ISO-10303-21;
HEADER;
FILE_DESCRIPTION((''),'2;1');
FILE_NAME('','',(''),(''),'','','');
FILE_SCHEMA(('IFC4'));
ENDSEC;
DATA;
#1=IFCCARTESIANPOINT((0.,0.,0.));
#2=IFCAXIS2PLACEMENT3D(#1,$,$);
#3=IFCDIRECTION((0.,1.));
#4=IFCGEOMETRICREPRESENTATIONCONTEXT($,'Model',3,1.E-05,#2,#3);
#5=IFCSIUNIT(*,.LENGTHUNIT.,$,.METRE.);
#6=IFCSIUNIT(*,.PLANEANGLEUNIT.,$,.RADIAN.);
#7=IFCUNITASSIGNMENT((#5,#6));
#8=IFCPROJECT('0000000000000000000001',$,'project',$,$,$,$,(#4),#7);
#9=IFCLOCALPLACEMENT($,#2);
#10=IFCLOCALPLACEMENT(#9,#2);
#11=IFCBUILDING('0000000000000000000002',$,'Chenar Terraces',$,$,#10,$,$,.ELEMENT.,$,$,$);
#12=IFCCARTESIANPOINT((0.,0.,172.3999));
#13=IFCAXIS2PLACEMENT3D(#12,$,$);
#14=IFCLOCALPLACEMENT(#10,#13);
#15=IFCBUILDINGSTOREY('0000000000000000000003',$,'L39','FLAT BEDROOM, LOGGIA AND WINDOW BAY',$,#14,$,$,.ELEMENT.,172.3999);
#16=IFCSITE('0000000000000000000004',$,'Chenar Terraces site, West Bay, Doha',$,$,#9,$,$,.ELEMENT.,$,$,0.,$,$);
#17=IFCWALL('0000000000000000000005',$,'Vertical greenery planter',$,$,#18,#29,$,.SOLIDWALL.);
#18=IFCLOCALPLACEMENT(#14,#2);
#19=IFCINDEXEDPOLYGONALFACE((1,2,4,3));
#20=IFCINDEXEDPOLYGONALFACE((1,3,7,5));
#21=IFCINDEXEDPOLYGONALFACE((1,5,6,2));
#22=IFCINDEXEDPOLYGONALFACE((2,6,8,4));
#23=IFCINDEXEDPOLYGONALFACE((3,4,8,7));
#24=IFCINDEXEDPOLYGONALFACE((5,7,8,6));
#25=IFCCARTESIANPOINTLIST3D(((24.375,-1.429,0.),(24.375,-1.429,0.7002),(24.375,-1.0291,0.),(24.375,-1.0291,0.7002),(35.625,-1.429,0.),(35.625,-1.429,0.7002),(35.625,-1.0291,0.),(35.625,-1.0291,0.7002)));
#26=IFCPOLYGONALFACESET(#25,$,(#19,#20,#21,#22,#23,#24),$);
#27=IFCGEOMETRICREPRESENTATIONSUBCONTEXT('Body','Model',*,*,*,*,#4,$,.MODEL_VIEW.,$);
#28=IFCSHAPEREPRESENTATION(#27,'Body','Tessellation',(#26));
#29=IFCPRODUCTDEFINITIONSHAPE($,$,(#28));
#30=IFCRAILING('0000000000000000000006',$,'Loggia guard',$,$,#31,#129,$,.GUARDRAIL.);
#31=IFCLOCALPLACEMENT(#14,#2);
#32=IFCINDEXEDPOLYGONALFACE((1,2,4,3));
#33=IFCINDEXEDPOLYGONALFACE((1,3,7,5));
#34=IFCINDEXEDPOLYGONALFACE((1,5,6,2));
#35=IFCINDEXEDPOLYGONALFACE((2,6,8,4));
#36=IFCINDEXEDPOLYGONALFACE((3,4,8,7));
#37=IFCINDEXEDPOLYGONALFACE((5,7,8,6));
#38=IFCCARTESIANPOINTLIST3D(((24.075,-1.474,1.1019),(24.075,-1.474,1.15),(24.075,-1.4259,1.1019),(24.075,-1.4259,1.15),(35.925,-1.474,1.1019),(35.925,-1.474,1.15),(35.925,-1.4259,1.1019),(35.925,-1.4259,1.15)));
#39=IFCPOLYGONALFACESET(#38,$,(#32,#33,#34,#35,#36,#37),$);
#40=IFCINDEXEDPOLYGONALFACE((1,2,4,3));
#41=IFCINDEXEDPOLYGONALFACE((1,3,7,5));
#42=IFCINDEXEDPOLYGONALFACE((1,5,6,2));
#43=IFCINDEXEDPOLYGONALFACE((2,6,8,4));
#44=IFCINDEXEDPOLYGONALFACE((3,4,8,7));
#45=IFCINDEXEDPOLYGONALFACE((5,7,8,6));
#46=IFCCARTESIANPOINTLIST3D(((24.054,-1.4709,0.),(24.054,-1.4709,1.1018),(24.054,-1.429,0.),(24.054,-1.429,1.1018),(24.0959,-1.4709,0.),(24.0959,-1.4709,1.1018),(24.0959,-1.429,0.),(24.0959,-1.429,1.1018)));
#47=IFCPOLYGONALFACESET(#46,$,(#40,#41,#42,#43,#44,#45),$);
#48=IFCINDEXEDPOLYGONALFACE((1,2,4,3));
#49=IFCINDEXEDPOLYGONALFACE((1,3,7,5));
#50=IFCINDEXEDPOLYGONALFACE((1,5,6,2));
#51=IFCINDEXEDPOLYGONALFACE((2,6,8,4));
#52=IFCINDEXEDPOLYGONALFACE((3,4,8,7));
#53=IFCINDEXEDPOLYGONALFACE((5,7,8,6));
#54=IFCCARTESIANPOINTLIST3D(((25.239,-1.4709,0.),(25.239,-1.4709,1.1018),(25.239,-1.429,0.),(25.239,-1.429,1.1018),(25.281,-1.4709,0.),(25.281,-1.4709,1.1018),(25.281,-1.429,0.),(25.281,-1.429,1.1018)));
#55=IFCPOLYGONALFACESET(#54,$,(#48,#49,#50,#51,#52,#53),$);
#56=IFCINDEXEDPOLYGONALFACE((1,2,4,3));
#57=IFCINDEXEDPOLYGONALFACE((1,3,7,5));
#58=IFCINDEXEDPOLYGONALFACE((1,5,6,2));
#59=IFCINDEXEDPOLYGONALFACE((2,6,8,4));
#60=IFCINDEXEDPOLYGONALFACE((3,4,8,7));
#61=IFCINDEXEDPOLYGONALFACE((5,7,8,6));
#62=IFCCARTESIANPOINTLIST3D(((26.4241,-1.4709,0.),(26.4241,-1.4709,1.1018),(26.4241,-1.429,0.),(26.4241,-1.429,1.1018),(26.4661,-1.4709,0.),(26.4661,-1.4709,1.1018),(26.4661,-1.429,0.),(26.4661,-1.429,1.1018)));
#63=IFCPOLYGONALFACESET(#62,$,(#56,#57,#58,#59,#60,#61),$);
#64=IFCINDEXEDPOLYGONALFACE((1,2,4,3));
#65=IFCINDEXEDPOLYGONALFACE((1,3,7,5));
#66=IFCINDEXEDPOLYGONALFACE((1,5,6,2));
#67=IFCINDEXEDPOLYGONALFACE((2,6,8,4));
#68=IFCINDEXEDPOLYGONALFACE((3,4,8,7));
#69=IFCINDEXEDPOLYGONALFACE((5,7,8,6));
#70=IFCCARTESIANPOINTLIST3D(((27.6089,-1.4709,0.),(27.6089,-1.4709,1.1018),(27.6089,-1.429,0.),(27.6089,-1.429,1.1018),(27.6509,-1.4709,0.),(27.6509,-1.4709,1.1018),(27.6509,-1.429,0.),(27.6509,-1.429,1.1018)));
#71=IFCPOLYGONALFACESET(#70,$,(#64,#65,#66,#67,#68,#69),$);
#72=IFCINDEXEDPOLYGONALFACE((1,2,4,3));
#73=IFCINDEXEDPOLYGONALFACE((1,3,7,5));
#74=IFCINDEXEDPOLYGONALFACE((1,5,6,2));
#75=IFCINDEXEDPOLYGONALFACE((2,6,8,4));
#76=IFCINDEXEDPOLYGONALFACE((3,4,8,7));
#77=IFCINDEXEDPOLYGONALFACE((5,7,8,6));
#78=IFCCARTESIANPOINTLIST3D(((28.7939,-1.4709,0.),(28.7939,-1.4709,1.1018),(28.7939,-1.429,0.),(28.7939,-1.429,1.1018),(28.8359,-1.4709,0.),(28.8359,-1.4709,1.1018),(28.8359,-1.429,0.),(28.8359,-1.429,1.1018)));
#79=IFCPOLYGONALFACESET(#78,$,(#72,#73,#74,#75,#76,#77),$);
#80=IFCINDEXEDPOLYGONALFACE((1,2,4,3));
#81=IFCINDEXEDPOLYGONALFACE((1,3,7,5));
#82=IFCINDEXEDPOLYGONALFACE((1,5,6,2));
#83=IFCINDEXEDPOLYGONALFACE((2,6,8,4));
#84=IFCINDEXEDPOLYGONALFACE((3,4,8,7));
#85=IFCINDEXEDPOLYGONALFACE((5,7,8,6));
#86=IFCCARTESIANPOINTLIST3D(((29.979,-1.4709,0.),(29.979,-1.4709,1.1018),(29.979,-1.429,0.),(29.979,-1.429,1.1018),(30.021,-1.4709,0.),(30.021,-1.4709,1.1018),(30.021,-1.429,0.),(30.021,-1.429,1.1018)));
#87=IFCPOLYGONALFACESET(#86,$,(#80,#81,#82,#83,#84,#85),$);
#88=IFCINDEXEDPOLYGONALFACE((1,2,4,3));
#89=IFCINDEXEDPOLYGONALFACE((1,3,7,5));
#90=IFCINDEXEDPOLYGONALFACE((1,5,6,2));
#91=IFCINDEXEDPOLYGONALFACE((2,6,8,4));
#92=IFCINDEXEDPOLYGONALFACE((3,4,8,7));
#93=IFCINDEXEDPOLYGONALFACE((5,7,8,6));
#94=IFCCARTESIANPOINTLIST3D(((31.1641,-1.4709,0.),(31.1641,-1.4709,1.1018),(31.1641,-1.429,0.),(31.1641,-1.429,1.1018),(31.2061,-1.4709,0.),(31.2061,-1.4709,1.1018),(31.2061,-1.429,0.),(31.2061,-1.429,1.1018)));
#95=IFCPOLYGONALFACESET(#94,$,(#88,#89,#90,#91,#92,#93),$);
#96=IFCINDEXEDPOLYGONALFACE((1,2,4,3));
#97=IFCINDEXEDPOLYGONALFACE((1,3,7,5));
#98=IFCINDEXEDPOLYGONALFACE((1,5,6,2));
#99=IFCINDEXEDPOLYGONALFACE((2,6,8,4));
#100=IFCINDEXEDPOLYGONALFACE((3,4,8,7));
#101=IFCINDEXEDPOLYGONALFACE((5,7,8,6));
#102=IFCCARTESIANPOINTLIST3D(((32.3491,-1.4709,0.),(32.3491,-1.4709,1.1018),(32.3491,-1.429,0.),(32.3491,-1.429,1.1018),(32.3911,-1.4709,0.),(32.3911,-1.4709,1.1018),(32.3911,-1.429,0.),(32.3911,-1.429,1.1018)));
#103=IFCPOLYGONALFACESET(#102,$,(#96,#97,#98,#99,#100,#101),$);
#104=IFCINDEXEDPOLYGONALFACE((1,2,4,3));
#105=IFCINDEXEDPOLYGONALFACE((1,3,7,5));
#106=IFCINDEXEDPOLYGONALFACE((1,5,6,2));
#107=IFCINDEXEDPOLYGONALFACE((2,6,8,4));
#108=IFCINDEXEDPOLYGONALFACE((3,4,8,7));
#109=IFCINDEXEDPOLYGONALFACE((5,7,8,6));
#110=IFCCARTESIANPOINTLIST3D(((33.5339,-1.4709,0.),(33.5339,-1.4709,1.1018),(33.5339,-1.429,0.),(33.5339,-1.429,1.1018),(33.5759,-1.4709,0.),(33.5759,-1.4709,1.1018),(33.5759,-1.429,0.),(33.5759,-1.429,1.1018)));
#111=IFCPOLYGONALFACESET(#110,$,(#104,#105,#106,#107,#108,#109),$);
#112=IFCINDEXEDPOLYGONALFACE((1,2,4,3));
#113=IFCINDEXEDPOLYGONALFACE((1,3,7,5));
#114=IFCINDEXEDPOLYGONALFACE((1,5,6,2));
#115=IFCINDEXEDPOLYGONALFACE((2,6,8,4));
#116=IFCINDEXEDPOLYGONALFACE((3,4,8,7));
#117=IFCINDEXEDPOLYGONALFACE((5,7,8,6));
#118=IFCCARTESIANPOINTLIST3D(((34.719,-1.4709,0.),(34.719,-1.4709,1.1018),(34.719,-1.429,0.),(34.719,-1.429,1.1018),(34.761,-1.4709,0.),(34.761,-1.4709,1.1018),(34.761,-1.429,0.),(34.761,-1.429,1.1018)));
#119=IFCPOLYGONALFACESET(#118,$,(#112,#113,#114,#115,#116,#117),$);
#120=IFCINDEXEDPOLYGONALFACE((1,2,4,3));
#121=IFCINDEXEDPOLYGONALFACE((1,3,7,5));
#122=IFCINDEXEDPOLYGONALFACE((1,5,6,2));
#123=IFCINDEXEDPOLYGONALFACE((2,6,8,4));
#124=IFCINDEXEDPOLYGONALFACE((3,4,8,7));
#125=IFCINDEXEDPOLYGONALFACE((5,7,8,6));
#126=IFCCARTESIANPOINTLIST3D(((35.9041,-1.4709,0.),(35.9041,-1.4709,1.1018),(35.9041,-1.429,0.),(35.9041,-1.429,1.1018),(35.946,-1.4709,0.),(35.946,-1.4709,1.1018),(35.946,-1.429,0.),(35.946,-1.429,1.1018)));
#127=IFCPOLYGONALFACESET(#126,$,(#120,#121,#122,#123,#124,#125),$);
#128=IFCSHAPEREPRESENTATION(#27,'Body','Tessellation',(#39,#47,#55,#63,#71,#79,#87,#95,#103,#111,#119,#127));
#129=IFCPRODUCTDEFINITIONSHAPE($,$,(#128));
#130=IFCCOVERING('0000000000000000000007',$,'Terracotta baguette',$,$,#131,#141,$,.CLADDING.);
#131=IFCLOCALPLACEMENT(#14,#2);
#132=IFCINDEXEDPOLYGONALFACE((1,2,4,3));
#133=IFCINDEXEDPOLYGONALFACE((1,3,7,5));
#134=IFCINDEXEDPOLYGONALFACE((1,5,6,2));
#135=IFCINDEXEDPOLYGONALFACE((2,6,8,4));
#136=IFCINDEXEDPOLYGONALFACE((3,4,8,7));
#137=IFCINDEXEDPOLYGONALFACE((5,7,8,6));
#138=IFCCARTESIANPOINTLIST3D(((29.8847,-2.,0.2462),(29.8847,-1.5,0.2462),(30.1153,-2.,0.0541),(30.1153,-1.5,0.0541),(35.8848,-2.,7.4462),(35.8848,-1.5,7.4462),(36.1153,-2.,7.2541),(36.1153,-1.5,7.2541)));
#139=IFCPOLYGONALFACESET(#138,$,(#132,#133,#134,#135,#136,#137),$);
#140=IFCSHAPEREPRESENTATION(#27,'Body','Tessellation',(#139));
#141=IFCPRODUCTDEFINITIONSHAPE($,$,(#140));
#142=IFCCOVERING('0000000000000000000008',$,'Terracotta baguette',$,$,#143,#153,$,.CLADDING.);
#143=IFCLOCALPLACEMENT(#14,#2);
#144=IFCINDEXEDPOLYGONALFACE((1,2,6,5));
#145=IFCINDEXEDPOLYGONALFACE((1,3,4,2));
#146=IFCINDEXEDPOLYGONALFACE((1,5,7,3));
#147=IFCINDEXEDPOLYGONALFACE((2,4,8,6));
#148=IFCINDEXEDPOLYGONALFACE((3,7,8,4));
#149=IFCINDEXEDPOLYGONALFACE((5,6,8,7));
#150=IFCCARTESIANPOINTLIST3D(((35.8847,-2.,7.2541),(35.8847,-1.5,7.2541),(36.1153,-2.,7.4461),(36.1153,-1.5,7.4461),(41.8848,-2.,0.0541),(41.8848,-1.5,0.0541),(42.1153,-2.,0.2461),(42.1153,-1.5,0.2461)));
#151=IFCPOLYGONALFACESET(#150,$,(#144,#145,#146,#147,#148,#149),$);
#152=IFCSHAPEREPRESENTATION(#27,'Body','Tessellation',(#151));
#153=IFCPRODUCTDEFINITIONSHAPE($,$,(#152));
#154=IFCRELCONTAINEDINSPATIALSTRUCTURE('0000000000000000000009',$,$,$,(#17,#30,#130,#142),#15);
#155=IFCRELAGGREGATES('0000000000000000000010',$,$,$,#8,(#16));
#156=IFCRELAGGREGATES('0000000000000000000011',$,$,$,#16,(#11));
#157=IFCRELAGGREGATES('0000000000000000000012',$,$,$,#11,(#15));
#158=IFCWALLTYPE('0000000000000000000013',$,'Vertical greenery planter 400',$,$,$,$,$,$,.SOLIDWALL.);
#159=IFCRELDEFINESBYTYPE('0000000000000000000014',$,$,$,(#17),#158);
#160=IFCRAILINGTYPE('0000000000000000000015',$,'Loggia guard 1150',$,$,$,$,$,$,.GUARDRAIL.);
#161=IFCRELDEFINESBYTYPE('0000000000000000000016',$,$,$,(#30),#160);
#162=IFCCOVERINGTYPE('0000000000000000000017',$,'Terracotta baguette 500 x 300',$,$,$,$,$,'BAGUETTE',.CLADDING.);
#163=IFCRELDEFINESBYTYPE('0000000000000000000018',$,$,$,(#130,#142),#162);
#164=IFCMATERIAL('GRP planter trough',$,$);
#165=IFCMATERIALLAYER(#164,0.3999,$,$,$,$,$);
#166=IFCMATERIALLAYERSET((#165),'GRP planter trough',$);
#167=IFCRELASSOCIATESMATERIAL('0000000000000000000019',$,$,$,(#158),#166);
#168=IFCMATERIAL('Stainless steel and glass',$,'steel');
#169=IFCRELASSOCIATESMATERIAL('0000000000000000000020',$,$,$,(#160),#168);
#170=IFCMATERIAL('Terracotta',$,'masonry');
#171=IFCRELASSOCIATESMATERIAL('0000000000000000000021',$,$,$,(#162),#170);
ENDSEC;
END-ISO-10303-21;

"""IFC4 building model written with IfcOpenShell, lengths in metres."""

from ifc_helpers import new_model, si_unit, direction, frame, frame_2d, origin, origin_2d, place, context, subcontext, project, spatial, rectangle, extrude, material, layer, layer_set, material_profile, profile_set, type_object, element, save


model = new_model("IFC4")

# Units and contexts
model_context = context("Model", 3, precision=1e-05, world=origin(), true_north=direction((0.0, 1.0)))
body_context = subcontext(model_context, "Body", "Model", "MODEL_VIEW")
ifc_project = project(units=[si_unit("LENGTHUNIT", "METRE"), si_unit("PLANEANGLEUNIT", "RADIAN")], contexts=[model_context])

# Site, building, storey
site_placement = place(None, origin())
site = spatial("IfcSite", under=ifc_project, at=site_placement, Name="Chenar Terraces site, West Bay, Doha", CompositionType="ELEMENT", RefElevation=0.0)
building_placement = place(site_placement, origin())
building = spatial("IfcBuilding", under=site, at=building_placement, Name="Chenar Terraces", CompositionType="ELEMENT")
storey_placement = place(building_placement, frame((0.0, 0.0, 172.3999)))
storey = spatial("IfcBuildingStorey", under=building, at=storey_placement, Name="L39", Description="FLAT BEDROOM, LOGGIA AND WINDOW BAY", CompositionType="ELEMENT", Elevation=172.3999)

# Wall
ifc_material_1 = material(Name="GRP planter trough")
ifc_layer_1 = layer(ifc_material_1, 0.3999)
ifc_layer_set_1 = layer_set([ifc_layer_1], Name="GRP planter trough")
wall_type_1 = type_object("IfcWallType", Name="Vertical greenery planter 400", PredefinedType="SOLIDWALL", material=ifc_layer_set_1)
wall_1_placement = place(storey_placement, frame((24.375, -1.229, 0.0), z_axis=(0.0, 0.0, 1.0), x_axis=(1.0, 0.0, 0.0)))
element("IfcWall", 1, at=wall_1_placement, inside=storey, type_object=wall_type_1, Name="Vertical greenery planter", PredefinedType="SOLIDWALL", context=body_context, shape_type="SweptSolid", body=[
    extrude(rectangle(XDim=11.25, YDim=0.3999, at=frame_2d((5.625, 0.0))), origin(), (0.0, 0.0, 1.0), 0.7002),
])

# Railing
ifc_material_2 = material(Name="Stainless steel and glass", Category="steel")
railing_type = type_object("IfcRailingType", Name="Loggia guard 1150", PredefinedType="GUARDRAIL", material=ifc_material_2)
railing_placement = place(storey_placement, frame((24.075, -1.45, 0.0)))
element("IfcRailing", 2, at=railing_placement, inside=storey, type_object=railing_type, Name="Loggia guard", PredefinedType="GUARDRAIL", context=body_context, shape_type="SweptSolid", body=[
    extrude(rectangle(XDim=0.0481, YDim=0.0481, at=origin_2d()), frame((0.0, 0.0, 1.126), z_axis=(1.0, 0.0, 0.0), x_axis=(0.0, 1.0, 0.0)), (0.0, 0.0, 1.0), 11.8501),
    extrude(rectangle(XDim=0.042, YDim=0.042, at=origin_2d()), origin(), (0.0, 0.0, 1.0), 1.1018),
    extrude(rectangle(XDim=0.042, YDim=0.042, at=origin_2d()), frame((1.1851, 0.0, 0.0)), (0.0, 0.0, 1.0), 1.1018),
    extrude(rectangle(XDim=0.042, YDim=0.042, at=origin_2d()), frame((2.3701, 0.0, 0.0)), (0.0, 0.0, 1.0), 1.1018),
    extrude(rectangle(XDim=0.042, YDim=0.042, at=origin_2d()), frame((3.5549, 0.0, 0.0)), (0.0, 0.0, 1.0), 1.1018),
    extrude(rectangle(XDim=0.042, YDim=0.042, at=origin_2d()), frame((4.74, 0.0, 0.0)), (0.0, 0.0, 1.0), 1.1018),
    extrude(rectangle(XDim=0.042, YDim=0.042, at=origin_2d()), frame((5.925, 0.0, 0.0)), (0.0, 0.0, 1.0), 1.1018),
    extrude(rectangle(XDim=0.042, YDim=0.042, at=origin_2d()), frame((7.1101, 0.0, 0.0)), (0.0, 0.0, 1.0), 1.1018),
    extrude(rectangle(XDim=0.042, YDim=0.042, at=origin_2d()), frame((8.2952, 0.0, 0.0)), (0.0, 0.0, 1.0), 1.1018),
    extrude(rectangle(XDim=0.042, YDim=0.042, at=origin_2d()), frame((9.48, 0.0, 0.0)), (0.0, 0.0, 1.0), 1.1018),
    extrude(rectangle(XDim=0.042, YDim=0.042, at=origin_2d()), frame((10.665, 0.0, 0.0)), (0.0, 0.0, 1.0), 1.1018),
    extrude(rectangle(XDim=0.042, YDim=0.042, at=origin_2d()), frame((11.8501, 0.0, 0.0)), (0.0, 0.0, 1.0), 1.1018),
])

# Coverings
ifc_material_3 = material(Name="Terracotta", Category="masonry")
ifc_material_profile_1 = material_profile(ifc_material_3, rectangle(XDim=0.5, YDim=0.3, at=origin_2d()), Name="Terracotta baguette 500 x 300")
ifc_profile_set_1 = profile_set([ifc_material_profile_1], Name="Terracotta")
covering_type = type_object("IfcCoveringType", Name="Terracotta baguette 500 x 300", ElementType="BAGUETTE", PredefinedType="CLADDING", material=ifc_profile_set_1)
for number, where, z_axis, x_axis, name in (
    (3, (30.0, -1.75, 0.1501), (0.640187, 0.0, 0.768219), (0.0, 1.0, 0.0), "Terracotta baguette"),
    (4, (36.0, -1.75, 7.3501), (0.640187, 0.0, -0.768219), (0.0, 1.0, 0.0), "Terracotta baguette"),
):
    element("IfcCovering", number, at=place(storey_placement, frame(where, z_axis=z_axis, x_axis=x_axis)), inside=storey, type_object=covering_type, Name=name, PredefinedType="CLADDING", context=body_context, shape_type="SweptSolid", body=[
        extrude(rectangle(XDim=0.5, YDim=0.3, at=origin_2d()), origin(), (0.0, 0.0, 1.0), 9.3723),
    ])

save(model, "model.ifc")
